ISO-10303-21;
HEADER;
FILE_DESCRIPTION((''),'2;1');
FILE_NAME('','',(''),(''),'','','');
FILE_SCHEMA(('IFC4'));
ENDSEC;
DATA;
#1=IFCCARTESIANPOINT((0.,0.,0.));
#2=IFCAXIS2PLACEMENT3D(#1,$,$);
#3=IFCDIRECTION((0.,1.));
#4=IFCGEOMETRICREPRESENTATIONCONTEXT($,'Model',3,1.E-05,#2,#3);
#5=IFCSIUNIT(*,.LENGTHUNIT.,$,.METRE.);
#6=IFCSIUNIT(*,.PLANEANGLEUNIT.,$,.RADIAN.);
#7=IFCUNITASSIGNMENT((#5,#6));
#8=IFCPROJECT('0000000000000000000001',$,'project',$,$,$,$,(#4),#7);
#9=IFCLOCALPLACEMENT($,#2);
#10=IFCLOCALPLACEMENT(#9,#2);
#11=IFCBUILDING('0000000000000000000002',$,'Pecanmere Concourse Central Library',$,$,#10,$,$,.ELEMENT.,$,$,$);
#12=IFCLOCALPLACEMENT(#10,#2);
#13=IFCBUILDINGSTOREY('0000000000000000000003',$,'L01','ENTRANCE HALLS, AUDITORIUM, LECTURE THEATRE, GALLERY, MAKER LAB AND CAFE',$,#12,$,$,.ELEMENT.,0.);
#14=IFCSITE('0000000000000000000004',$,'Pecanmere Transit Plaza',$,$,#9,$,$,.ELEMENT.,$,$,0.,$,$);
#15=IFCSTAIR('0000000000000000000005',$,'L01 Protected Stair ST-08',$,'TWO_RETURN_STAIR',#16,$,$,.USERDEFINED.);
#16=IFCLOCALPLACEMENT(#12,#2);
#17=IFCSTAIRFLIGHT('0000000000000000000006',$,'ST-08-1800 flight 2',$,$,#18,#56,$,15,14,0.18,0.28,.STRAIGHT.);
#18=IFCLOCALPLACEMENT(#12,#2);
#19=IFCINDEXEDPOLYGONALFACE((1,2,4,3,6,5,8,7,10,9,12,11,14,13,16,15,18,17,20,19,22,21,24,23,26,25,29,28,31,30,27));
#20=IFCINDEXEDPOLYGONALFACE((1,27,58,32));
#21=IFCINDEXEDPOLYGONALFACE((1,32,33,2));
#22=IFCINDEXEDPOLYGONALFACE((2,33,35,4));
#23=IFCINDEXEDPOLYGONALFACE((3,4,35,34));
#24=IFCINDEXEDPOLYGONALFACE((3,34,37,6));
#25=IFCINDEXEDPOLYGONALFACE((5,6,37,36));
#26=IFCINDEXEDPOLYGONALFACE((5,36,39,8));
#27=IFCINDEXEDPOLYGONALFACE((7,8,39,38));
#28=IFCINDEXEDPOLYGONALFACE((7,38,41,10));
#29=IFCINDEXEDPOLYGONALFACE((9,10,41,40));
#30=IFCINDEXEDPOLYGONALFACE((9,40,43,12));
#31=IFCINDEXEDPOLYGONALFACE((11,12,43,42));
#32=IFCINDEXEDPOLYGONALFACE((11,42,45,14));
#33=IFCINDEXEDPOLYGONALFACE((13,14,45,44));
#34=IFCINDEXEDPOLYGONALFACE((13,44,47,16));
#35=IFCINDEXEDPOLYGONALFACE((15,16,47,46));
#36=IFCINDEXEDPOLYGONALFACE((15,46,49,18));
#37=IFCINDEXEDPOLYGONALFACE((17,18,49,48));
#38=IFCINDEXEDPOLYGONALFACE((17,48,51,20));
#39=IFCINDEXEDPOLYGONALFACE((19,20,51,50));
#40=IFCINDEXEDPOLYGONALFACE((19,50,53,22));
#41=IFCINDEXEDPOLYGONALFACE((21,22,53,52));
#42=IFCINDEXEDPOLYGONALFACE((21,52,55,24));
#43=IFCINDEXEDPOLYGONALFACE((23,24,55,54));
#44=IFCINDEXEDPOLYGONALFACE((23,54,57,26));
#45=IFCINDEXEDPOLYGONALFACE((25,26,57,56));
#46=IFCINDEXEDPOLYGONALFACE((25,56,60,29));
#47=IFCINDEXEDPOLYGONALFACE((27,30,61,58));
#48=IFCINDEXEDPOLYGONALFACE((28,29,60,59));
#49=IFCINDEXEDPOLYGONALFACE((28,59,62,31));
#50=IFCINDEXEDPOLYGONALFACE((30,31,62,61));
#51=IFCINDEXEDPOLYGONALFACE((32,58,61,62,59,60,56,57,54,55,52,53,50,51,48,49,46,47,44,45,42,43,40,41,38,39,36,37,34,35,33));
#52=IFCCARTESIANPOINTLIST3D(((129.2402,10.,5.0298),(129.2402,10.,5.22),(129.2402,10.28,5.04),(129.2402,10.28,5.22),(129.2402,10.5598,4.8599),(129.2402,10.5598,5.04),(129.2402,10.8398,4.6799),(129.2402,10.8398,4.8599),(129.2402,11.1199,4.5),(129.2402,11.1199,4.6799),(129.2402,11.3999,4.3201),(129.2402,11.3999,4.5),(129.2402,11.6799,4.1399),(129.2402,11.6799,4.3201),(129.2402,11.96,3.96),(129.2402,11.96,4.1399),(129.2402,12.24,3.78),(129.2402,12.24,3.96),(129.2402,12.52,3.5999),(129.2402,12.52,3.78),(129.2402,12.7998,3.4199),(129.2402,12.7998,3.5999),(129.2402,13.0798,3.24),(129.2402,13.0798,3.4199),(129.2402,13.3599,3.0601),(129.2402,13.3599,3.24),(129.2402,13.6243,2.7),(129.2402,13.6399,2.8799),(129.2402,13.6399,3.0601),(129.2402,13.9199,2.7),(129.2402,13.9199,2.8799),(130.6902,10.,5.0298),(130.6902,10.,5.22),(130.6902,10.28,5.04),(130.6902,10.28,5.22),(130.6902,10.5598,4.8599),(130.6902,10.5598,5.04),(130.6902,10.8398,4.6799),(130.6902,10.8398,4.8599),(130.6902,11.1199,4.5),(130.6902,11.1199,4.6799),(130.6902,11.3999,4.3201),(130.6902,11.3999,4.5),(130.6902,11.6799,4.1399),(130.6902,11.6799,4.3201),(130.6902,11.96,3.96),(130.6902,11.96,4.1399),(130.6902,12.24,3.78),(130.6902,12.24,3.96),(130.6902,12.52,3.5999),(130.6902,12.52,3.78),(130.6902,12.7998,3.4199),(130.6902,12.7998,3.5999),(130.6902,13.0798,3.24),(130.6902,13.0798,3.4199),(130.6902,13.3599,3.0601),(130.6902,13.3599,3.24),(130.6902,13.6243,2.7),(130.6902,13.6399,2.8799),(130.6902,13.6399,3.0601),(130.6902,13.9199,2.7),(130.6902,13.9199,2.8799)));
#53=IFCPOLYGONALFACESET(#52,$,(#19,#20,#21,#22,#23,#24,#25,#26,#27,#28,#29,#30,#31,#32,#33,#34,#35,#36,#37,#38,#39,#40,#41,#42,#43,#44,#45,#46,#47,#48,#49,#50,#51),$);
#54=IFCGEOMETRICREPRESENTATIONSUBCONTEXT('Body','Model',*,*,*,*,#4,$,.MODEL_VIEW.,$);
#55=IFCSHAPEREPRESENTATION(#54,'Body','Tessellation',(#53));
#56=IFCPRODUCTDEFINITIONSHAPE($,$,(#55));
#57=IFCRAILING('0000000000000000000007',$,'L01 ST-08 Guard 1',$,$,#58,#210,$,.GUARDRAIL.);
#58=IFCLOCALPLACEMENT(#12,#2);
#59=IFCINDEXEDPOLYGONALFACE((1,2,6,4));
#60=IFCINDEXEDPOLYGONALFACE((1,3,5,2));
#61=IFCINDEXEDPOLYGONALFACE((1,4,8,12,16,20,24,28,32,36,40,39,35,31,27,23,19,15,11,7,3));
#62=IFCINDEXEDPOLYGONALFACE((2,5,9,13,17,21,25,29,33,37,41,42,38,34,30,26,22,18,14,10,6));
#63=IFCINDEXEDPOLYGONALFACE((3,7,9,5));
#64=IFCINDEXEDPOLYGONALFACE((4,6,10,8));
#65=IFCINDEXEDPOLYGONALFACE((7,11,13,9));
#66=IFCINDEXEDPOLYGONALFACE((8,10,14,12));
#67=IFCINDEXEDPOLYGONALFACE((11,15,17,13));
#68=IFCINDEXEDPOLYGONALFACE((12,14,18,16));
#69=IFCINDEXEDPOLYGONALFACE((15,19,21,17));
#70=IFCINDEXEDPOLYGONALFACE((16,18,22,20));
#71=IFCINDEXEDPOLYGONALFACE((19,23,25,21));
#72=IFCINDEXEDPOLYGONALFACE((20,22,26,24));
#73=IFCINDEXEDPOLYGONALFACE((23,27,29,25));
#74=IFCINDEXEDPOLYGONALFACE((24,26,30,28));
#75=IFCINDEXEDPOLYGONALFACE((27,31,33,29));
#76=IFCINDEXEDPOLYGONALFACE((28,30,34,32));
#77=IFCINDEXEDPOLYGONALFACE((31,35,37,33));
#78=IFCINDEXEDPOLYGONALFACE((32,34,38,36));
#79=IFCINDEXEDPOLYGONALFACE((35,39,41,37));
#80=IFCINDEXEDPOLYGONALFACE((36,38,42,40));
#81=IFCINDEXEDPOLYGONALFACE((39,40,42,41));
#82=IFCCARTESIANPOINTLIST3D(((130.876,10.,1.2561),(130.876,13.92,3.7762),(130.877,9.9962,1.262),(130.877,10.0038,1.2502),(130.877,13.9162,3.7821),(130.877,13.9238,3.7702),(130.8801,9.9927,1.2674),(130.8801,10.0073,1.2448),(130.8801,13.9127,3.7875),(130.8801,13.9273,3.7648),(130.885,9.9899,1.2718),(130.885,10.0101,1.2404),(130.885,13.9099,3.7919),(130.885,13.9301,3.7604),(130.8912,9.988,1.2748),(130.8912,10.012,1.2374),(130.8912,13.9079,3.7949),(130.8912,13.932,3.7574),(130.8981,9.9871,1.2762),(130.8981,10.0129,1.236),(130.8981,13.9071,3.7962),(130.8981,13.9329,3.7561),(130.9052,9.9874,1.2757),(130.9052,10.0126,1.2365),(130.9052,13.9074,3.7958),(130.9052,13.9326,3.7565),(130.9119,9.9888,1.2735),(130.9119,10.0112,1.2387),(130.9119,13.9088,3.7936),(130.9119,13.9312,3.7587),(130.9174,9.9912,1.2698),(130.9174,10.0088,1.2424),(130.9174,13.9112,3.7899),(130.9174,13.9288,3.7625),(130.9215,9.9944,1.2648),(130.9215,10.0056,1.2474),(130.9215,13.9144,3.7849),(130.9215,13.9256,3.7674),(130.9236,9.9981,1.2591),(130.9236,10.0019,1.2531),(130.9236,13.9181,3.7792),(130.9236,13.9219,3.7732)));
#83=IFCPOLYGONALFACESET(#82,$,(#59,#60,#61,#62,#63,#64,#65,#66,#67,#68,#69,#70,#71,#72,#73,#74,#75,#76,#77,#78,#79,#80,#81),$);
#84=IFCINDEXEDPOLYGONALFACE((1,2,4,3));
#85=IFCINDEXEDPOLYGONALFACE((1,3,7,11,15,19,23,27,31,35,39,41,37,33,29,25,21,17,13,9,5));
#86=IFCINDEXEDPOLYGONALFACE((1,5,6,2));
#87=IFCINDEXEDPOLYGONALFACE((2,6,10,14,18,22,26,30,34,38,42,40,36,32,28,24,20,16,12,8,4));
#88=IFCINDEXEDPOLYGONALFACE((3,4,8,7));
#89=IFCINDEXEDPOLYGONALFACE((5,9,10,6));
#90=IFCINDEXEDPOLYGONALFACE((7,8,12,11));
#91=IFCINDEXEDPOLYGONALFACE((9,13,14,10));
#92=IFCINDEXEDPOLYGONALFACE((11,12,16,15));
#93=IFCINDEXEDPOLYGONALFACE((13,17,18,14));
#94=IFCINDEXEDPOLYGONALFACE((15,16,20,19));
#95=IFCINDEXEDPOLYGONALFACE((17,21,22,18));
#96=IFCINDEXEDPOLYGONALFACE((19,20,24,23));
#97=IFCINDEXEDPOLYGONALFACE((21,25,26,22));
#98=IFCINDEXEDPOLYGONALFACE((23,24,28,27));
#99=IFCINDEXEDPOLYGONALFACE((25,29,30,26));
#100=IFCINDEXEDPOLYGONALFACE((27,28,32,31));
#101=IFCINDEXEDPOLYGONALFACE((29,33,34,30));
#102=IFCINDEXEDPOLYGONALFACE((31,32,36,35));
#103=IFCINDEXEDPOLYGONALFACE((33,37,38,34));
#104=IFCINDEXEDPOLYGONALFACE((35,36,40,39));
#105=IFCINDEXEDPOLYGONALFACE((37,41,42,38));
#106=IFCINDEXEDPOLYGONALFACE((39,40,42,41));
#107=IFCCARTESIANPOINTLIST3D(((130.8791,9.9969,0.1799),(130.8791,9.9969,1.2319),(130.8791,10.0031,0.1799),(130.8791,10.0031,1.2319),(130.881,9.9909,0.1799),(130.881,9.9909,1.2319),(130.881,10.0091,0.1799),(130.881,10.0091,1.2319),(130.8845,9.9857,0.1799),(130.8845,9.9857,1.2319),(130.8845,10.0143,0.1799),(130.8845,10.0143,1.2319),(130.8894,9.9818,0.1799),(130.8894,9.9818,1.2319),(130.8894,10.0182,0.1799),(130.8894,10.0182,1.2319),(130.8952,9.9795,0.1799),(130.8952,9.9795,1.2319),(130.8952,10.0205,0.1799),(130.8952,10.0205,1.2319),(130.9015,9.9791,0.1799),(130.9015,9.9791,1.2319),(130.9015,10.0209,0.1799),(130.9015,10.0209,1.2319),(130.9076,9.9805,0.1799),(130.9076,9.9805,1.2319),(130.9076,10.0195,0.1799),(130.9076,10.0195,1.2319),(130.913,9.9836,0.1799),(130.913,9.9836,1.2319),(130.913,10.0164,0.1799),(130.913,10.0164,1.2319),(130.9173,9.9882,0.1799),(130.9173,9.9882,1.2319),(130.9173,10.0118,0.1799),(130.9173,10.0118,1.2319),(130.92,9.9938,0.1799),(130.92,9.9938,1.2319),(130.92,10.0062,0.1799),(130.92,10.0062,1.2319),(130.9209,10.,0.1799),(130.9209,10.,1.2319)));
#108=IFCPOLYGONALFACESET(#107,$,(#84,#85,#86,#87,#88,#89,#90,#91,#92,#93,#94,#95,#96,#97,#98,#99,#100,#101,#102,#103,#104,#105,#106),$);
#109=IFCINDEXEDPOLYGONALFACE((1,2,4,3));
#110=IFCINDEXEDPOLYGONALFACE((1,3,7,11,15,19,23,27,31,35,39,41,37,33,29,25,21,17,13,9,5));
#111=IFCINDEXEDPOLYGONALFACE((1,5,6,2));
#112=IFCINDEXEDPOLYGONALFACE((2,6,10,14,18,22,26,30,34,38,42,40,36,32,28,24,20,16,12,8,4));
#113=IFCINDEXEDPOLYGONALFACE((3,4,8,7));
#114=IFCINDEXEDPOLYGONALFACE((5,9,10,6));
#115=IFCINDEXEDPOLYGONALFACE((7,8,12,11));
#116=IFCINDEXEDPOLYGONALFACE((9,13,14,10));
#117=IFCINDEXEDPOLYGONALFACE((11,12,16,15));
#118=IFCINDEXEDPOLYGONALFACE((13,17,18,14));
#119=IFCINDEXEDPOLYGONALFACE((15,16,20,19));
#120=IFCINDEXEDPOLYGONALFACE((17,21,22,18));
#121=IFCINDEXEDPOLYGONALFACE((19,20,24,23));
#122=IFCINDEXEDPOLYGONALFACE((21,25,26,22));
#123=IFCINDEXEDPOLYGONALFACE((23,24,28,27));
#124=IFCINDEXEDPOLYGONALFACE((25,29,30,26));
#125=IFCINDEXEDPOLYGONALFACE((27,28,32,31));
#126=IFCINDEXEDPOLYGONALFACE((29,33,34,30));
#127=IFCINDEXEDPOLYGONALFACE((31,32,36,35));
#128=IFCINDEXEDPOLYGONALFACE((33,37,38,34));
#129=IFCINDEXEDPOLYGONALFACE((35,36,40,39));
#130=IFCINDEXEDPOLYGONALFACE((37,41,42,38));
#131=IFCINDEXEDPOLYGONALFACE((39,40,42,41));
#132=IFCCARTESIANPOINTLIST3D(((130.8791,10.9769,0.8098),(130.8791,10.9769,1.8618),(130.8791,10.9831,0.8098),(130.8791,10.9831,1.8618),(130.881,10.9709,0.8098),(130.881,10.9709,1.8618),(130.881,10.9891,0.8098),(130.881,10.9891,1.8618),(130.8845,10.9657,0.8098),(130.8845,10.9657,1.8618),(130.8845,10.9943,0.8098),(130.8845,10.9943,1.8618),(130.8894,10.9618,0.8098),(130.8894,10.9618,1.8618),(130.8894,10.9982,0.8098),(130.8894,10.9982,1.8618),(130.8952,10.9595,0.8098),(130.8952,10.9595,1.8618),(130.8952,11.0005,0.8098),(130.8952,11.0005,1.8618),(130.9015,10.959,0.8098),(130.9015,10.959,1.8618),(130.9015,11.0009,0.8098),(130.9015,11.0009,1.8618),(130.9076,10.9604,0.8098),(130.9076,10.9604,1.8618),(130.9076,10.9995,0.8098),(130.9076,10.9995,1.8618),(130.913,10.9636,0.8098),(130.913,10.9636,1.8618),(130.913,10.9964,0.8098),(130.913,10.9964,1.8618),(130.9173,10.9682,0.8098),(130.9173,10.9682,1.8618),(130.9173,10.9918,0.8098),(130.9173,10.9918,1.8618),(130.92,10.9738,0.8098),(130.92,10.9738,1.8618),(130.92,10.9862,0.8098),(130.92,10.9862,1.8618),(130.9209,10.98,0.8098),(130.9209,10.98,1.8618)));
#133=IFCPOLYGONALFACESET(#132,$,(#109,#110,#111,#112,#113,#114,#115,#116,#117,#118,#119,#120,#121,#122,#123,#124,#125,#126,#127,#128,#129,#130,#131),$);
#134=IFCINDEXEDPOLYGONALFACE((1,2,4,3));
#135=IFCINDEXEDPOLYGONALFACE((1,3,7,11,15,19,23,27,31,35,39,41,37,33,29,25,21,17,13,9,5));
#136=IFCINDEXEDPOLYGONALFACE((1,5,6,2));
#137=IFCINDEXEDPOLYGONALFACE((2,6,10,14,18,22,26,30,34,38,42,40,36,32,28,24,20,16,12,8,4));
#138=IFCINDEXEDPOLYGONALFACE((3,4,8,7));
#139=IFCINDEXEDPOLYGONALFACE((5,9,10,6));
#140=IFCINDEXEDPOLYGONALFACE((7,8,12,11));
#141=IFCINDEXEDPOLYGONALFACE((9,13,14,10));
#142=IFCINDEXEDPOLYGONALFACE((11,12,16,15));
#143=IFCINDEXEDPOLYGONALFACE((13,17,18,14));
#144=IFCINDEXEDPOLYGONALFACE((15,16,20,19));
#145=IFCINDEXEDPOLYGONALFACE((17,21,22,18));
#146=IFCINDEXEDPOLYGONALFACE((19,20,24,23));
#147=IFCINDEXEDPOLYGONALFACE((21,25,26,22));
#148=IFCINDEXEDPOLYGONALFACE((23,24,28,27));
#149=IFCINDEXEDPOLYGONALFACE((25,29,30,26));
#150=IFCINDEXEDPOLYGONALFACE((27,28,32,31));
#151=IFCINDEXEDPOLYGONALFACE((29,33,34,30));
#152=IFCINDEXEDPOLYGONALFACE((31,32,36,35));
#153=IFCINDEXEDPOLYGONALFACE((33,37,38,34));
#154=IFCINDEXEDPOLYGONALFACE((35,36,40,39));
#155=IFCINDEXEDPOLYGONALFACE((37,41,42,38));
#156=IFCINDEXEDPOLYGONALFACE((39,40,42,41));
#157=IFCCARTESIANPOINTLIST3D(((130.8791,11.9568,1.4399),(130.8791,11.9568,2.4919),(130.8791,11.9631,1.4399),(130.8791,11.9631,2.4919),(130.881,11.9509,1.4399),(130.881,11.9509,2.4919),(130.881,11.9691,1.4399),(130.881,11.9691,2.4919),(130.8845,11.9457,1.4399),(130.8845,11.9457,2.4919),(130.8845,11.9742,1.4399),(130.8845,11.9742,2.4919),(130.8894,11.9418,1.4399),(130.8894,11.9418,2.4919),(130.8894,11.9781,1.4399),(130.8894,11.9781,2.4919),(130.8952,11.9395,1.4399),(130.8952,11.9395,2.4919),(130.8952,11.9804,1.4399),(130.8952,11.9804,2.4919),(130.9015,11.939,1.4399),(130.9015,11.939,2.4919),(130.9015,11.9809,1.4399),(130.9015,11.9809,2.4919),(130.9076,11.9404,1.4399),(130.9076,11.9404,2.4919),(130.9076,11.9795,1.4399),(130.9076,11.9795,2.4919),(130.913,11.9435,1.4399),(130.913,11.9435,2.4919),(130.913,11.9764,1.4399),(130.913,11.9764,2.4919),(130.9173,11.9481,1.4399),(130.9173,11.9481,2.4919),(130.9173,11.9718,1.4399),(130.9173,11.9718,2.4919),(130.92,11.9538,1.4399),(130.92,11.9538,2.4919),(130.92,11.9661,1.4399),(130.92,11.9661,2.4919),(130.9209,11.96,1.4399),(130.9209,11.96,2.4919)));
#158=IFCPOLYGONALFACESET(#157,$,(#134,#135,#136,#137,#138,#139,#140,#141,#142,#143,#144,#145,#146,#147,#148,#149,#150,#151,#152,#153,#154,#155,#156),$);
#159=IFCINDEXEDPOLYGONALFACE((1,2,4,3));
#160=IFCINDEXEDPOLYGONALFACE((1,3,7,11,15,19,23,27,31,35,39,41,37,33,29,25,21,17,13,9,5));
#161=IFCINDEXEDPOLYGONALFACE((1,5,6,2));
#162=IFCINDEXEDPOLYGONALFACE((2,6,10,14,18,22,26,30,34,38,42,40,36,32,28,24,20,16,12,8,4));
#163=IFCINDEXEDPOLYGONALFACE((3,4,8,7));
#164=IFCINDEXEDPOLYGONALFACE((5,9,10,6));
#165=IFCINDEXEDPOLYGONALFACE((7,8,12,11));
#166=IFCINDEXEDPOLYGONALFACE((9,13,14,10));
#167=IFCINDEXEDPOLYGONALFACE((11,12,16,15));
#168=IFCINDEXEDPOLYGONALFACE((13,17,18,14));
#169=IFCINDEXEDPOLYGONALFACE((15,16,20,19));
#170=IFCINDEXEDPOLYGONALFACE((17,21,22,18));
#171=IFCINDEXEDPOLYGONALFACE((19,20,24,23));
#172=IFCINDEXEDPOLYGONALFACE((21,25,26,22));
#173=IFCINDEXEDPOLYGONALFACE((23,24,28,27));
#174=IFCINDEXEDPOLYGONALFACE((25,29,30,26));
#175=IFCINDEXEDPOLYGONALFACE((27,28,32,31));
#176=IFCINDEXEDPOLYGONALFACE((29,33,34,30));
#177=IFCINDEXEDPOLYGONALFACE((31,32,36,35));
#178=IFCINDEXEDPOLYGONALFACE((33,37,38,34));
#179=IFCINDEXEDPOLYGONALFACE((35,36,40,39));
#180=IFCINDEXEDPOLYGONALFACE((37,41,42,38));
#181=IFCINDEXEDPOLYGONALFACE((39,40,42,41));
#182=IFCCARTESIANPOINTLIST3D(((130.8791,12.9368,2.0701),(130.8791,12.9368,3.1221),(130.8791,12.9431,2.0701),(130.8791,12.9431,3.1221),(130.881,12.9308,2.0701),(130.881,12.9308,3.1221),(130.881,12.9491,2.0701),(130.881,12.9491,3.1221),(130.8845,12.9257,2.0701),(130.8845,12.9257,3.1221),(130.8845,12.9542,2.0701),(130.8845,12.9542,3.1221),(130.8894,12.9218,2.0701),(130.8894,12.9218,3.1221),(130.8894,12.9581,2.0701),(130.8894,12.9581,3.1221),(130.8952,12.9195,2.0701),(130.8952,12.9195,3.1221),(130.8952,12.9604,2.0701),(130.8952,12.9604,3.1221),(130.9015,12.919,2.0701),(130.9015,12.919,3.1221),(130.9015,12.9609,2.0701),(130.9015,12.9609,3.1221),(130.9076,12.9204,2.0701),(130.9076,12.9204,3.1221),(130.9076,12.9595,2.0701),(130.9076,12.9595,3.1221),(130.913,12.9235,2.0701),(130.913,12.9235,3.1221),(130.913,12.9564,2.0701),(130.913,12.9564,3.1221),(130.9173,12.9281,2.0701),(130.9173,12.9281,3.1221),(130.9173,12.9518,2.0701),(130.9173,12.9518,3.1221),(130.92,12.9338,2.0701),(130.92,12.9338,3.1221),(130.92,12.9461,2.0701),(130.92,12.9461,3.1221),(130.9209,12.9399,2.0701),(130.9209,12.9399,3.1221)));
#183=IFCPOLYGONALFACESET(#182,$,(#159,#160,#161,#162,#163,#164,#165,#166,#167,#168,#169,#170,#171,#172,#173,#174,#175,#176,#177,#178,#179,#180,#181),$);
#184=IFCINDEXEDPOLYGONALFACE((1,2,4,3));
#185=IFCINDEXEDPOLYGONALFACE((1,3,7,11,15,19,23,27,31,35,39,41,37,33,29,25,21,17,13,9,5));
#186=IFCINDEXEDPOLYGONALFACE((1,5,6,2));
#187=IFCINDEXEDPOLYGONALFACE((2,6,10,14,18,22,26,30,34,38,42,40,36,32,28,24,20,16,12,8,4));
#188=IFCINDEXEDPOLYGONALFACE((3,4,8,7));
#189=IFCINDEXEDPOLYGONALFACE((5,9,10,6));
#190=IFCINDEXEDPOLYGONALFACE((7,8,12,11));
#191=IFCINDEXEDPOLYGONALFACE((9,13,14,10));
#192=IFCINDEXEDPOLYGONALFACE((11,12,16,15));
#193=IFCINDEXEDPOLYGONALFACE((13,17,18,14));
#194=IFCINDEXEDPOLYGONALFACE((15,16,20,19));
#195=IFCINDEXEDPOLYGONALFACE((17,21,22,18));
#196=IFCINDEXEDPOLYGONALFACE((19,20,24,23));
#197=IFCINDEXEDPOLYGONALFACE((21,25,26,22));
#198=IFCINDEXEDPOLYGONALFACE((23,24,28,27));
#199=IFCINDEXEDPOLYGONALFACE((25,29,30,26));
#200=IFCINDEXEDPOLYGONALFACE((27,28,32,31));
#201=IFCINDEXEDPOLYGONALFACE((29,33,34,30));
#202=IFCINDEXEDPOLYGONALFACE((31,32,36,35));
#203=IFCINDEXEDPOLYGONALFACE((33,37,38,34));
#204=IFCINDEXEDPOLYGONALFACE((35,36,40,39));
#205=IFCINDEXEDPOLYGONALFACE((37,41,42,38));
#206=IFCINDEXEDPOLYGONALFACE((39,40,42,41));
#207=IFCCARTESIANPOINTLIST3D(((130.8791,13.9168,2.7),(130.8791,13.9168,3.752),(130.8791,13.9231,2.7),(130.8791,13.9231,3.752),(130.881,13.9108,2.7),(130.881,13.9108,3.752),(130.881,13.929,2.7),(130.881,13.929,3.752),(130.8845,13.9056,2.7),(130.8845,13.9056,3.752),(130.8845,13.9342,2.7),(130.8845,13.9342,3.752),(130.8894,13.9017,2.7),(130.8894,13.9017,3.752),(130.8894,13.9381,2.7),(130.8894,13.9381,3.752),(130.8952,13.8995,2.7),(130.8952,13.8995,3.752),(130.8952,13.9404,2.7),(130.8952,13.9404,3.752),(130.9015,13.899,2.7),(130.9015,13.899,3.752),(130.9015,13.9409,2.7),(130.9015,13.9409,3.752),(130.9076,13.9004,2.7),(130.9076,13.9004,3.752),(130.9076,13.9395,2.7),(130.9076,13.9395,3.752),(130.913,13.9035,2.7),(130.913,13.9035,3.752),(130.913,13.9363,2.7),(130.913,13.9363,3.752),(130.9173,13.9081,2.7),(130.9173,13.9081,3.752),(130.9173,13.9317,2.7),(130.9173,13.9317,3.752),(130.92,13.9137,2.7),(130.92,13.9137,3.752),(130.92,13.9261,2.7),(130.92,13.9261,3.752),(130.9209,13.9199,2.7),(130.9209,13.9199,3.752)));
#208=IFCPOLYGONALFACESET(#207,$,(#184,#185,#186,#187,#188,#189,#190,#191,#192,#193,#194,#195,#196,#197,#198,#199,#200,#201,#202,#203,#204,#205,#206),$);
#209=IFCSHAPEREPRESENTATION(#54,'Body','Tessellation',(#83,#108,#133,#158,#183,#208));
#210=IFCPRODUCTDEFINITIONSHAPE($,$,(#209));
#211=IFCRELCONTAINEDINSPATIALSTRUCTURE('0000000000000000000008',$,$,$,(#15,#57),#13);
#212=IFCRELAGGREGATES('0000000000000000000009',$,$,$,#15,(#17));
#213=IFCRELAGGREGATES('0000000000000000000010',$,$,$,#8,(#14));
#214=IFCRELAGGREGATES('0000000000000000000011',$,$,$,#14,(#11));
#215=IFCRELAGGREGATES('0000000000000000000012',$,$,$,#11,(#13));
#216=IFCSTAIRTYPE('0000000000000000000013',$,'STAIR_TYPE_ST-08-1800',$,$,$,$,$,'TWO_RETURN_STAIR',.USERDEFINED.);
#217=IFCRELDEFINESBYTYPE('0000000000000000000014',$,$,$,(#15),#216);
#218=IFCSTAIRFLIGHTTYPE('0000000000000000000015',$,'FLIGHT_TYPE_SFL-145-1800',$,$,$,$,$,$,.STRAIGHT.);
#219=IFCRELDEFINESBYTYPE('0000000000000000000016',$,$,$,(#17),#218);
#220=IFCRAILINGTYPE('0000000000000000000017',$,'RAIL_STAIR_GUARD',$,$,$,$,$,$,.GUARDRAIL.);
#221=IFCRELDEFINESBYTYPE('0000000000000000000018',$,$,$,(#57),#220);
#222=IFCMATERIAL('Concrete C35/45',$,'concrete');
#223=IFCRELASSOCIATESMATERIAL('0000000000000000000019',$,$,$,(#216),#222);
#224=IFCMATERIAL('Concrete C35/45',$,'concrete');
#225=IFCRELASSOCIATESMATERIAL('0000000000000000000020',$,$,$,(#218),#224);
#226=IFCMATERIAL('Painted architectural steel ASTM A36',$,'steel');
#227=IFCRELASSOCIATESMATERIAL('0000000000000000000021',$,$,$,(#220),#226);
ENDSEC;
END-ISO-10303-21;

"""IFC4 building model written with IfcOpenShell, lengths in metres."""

from ifc_helpers import new_model, si_unit, direction, frame, origin, origin_2d, place, context, subcontext, project, spatial, polyline, circle, outline, extrude, material, type_object, element, aggregate, save


model = new_model("IFC4")

# Units and contexts
model_context = context("Model", 3, precision=1e-05, world=origin(), true_north=direction((0.0, 1.0)))
body_context = subcontext(model_context, "Body", "Model", "MODEL_VIEW")
ifc_project = project(units=[si_unit("LENGTHUNIT", "METRE"), si_unit("PLANEANGLEUNIT", "RADIAN")], contexts=[model_context])

# Site, building, storey
site_placement = place(None, origin())
site = spatial("IfcSite", under=ifc_project, at=site_placement, Name="Pecanmere Transit Plaza", CompositionType="ELEMENT", RefElevation=0.0)
building_placement = place(site_placement, origin())
building = spatial("IfcBuilding", under=site, at=building_placement, Name="Pecanmere Concourse Central Library", CompositionType="ELEMENT")
storey_placement = place(building_placement, origin())
storey = spatial("IfcBuildingStorey", under=building, at=storey_placement, Name="L01", Description="ENTRANCE HALLS, AUDITORIUM, LECTURE THEATRE, GALLERY, MAKER LAB AND CAFE", CompositionType="ELEMENT", Elevation=0.0)

# Stair, stair flight
ifc_material_1 = material(Name="Concrete C35/45", Category="concrete")
stair_type = type_object("IfcStairType", Name="STAIR_TYPE_ST-08-1800", ElementType="TWO_RETURN_STAIR", PredefinedType="USERDEFINED", material=ifc_material_1)
stair_placement = place(storey_placement, origin())
stair = element("IfcStair", 1, at=stair_placement, inside=storey, type_object=stair_type, Name="L01 Protected Stair ST-08", ObjectType="TWO_RETURN_STAIR", PredefinedType="USERDEFINED")
ifc_material_2 = material(Name="Concrete C35/45", Category="concrete")
stair_flight_type = type_object("IfcStairFlightType", Name="FLIGHT_TYPE_SFL-145-1800", PredefinedType="STRAIGHT", material=ifc_material_2)
stair_flight_1_placement = place(storey_placement, frame((129.9651, 13.9199, 2.7), z_axis=(0.0, 0.0, 1.0), x_axis=(0.0, -1.0, 0.0)))
stair_flight_1 = element("IfcStairFlight", 2, at=stair_flight_1_placement, type_object=stair_flight_type, Name="ST-08-1800 flight 2", NumberOfRisers=15, NumberOfTreads=14, PredefinedType="STRAIGHT", RiserHeight=0.18, TreadLength=0.28, context=body_context, shape_type="SweptSolid", body=[
    extrude(outline(polyline([(0.0, 0.0), (0.0, 0.1799), (0.28, 0.1799), (0.28, 0.3601), (0.5601, 0.3601), (0.5601, 0.54), (0.8401, 0.54), (0.8401, 0.72), (1.1201, 0.72), (1.1201, 0.8999), (1.3999, 0.8999), (1.3999, 1.0801), (1.6799, 1.0801), (1.6799, 1.26), (1.96, 1.26), (1.96, 1.4399), (2.24, 1.4399), (2.24, 1.6201), (2.52, 1.6201), (2.52, 1.8), (2.8, 1.8), (2.8, 1.98), (3.0801, 1.98), (3.0801, 2.1599), (3.3601, 2.1599), (3.3601, 2.3401), (3.6399, 2.3401), (3.6399, 2.52), (3.9199, 2.52), (3.9199, 2.7), (3.9199, 2.3298), (0.2957, 0.0), (0.0, 0.0)])), frame((0.0, 0.7251, 0.0), z_axis=(0.0, -1.0, 0.0), x_axis=(1.0, 0.0, 0.0)), (0.0, 0.0, 1.0), 1.45),
])
aggregate(stair, [stair_flight_1])

# Railing
ifc_material_3 = material(Name="Painted architectural steel ASTM A36", Category="steel")
railing_type_1 = type_object("IfcRailingType", Name="RAIL_STAIR_GUARD", PredefinedType="GUARDRAIL", material=ifc_material_3)
railing_1_placement = place(storey_placement, frame((130.8999, 10.0, 0.1799)))
element("IfcRailing", 3, at=railing_1_placement, inside=storey, type_object=railing_type_1, Name="L01 ST-08 Guard 1", PredefinedType="GUARDRAIL", context=body_context, shape_type="SweptSolid", body=[
    extrude(circle(Radius=0.0239, at=origin_2d()), frame((0.0, 0.0, 1.0762), z_axis=(0.0, 0.841172, 0.540768), x_axis=(-1.0, 0.0, 0.0)), (0.0, 0.0, 1.0), 4.6602),
    extrude(circle(Radius=0.021, at=origin_2d()), origin(), (0.0, 0.0, 1.0), 1.052),
    extrude(circle(Radius=0.021, at=origin_2d()), frame((0.0, 0.98, 0.6299)), (0.0, 0.0, 1.0), 1.052),
    extrude(circle(Radius=0.021, at=origin_2d()), frame((0.0, 1.96, 1.26)), (0.0, 0.0, 1.0), 1.052),
    extrude(circle(Radius=0.021, at=origin_2d()), frame((0.0, 2.9399, 1.8901)), (0.0, 0.0, 1.0), 1.052),
    extrude(circle(Radius=0.021, at=origin_2d()), frame((0.0, 3.9199, 2.52)), (0.0, 0.0, 1.0), 1.052),
])

save(model, "model.ifc")
